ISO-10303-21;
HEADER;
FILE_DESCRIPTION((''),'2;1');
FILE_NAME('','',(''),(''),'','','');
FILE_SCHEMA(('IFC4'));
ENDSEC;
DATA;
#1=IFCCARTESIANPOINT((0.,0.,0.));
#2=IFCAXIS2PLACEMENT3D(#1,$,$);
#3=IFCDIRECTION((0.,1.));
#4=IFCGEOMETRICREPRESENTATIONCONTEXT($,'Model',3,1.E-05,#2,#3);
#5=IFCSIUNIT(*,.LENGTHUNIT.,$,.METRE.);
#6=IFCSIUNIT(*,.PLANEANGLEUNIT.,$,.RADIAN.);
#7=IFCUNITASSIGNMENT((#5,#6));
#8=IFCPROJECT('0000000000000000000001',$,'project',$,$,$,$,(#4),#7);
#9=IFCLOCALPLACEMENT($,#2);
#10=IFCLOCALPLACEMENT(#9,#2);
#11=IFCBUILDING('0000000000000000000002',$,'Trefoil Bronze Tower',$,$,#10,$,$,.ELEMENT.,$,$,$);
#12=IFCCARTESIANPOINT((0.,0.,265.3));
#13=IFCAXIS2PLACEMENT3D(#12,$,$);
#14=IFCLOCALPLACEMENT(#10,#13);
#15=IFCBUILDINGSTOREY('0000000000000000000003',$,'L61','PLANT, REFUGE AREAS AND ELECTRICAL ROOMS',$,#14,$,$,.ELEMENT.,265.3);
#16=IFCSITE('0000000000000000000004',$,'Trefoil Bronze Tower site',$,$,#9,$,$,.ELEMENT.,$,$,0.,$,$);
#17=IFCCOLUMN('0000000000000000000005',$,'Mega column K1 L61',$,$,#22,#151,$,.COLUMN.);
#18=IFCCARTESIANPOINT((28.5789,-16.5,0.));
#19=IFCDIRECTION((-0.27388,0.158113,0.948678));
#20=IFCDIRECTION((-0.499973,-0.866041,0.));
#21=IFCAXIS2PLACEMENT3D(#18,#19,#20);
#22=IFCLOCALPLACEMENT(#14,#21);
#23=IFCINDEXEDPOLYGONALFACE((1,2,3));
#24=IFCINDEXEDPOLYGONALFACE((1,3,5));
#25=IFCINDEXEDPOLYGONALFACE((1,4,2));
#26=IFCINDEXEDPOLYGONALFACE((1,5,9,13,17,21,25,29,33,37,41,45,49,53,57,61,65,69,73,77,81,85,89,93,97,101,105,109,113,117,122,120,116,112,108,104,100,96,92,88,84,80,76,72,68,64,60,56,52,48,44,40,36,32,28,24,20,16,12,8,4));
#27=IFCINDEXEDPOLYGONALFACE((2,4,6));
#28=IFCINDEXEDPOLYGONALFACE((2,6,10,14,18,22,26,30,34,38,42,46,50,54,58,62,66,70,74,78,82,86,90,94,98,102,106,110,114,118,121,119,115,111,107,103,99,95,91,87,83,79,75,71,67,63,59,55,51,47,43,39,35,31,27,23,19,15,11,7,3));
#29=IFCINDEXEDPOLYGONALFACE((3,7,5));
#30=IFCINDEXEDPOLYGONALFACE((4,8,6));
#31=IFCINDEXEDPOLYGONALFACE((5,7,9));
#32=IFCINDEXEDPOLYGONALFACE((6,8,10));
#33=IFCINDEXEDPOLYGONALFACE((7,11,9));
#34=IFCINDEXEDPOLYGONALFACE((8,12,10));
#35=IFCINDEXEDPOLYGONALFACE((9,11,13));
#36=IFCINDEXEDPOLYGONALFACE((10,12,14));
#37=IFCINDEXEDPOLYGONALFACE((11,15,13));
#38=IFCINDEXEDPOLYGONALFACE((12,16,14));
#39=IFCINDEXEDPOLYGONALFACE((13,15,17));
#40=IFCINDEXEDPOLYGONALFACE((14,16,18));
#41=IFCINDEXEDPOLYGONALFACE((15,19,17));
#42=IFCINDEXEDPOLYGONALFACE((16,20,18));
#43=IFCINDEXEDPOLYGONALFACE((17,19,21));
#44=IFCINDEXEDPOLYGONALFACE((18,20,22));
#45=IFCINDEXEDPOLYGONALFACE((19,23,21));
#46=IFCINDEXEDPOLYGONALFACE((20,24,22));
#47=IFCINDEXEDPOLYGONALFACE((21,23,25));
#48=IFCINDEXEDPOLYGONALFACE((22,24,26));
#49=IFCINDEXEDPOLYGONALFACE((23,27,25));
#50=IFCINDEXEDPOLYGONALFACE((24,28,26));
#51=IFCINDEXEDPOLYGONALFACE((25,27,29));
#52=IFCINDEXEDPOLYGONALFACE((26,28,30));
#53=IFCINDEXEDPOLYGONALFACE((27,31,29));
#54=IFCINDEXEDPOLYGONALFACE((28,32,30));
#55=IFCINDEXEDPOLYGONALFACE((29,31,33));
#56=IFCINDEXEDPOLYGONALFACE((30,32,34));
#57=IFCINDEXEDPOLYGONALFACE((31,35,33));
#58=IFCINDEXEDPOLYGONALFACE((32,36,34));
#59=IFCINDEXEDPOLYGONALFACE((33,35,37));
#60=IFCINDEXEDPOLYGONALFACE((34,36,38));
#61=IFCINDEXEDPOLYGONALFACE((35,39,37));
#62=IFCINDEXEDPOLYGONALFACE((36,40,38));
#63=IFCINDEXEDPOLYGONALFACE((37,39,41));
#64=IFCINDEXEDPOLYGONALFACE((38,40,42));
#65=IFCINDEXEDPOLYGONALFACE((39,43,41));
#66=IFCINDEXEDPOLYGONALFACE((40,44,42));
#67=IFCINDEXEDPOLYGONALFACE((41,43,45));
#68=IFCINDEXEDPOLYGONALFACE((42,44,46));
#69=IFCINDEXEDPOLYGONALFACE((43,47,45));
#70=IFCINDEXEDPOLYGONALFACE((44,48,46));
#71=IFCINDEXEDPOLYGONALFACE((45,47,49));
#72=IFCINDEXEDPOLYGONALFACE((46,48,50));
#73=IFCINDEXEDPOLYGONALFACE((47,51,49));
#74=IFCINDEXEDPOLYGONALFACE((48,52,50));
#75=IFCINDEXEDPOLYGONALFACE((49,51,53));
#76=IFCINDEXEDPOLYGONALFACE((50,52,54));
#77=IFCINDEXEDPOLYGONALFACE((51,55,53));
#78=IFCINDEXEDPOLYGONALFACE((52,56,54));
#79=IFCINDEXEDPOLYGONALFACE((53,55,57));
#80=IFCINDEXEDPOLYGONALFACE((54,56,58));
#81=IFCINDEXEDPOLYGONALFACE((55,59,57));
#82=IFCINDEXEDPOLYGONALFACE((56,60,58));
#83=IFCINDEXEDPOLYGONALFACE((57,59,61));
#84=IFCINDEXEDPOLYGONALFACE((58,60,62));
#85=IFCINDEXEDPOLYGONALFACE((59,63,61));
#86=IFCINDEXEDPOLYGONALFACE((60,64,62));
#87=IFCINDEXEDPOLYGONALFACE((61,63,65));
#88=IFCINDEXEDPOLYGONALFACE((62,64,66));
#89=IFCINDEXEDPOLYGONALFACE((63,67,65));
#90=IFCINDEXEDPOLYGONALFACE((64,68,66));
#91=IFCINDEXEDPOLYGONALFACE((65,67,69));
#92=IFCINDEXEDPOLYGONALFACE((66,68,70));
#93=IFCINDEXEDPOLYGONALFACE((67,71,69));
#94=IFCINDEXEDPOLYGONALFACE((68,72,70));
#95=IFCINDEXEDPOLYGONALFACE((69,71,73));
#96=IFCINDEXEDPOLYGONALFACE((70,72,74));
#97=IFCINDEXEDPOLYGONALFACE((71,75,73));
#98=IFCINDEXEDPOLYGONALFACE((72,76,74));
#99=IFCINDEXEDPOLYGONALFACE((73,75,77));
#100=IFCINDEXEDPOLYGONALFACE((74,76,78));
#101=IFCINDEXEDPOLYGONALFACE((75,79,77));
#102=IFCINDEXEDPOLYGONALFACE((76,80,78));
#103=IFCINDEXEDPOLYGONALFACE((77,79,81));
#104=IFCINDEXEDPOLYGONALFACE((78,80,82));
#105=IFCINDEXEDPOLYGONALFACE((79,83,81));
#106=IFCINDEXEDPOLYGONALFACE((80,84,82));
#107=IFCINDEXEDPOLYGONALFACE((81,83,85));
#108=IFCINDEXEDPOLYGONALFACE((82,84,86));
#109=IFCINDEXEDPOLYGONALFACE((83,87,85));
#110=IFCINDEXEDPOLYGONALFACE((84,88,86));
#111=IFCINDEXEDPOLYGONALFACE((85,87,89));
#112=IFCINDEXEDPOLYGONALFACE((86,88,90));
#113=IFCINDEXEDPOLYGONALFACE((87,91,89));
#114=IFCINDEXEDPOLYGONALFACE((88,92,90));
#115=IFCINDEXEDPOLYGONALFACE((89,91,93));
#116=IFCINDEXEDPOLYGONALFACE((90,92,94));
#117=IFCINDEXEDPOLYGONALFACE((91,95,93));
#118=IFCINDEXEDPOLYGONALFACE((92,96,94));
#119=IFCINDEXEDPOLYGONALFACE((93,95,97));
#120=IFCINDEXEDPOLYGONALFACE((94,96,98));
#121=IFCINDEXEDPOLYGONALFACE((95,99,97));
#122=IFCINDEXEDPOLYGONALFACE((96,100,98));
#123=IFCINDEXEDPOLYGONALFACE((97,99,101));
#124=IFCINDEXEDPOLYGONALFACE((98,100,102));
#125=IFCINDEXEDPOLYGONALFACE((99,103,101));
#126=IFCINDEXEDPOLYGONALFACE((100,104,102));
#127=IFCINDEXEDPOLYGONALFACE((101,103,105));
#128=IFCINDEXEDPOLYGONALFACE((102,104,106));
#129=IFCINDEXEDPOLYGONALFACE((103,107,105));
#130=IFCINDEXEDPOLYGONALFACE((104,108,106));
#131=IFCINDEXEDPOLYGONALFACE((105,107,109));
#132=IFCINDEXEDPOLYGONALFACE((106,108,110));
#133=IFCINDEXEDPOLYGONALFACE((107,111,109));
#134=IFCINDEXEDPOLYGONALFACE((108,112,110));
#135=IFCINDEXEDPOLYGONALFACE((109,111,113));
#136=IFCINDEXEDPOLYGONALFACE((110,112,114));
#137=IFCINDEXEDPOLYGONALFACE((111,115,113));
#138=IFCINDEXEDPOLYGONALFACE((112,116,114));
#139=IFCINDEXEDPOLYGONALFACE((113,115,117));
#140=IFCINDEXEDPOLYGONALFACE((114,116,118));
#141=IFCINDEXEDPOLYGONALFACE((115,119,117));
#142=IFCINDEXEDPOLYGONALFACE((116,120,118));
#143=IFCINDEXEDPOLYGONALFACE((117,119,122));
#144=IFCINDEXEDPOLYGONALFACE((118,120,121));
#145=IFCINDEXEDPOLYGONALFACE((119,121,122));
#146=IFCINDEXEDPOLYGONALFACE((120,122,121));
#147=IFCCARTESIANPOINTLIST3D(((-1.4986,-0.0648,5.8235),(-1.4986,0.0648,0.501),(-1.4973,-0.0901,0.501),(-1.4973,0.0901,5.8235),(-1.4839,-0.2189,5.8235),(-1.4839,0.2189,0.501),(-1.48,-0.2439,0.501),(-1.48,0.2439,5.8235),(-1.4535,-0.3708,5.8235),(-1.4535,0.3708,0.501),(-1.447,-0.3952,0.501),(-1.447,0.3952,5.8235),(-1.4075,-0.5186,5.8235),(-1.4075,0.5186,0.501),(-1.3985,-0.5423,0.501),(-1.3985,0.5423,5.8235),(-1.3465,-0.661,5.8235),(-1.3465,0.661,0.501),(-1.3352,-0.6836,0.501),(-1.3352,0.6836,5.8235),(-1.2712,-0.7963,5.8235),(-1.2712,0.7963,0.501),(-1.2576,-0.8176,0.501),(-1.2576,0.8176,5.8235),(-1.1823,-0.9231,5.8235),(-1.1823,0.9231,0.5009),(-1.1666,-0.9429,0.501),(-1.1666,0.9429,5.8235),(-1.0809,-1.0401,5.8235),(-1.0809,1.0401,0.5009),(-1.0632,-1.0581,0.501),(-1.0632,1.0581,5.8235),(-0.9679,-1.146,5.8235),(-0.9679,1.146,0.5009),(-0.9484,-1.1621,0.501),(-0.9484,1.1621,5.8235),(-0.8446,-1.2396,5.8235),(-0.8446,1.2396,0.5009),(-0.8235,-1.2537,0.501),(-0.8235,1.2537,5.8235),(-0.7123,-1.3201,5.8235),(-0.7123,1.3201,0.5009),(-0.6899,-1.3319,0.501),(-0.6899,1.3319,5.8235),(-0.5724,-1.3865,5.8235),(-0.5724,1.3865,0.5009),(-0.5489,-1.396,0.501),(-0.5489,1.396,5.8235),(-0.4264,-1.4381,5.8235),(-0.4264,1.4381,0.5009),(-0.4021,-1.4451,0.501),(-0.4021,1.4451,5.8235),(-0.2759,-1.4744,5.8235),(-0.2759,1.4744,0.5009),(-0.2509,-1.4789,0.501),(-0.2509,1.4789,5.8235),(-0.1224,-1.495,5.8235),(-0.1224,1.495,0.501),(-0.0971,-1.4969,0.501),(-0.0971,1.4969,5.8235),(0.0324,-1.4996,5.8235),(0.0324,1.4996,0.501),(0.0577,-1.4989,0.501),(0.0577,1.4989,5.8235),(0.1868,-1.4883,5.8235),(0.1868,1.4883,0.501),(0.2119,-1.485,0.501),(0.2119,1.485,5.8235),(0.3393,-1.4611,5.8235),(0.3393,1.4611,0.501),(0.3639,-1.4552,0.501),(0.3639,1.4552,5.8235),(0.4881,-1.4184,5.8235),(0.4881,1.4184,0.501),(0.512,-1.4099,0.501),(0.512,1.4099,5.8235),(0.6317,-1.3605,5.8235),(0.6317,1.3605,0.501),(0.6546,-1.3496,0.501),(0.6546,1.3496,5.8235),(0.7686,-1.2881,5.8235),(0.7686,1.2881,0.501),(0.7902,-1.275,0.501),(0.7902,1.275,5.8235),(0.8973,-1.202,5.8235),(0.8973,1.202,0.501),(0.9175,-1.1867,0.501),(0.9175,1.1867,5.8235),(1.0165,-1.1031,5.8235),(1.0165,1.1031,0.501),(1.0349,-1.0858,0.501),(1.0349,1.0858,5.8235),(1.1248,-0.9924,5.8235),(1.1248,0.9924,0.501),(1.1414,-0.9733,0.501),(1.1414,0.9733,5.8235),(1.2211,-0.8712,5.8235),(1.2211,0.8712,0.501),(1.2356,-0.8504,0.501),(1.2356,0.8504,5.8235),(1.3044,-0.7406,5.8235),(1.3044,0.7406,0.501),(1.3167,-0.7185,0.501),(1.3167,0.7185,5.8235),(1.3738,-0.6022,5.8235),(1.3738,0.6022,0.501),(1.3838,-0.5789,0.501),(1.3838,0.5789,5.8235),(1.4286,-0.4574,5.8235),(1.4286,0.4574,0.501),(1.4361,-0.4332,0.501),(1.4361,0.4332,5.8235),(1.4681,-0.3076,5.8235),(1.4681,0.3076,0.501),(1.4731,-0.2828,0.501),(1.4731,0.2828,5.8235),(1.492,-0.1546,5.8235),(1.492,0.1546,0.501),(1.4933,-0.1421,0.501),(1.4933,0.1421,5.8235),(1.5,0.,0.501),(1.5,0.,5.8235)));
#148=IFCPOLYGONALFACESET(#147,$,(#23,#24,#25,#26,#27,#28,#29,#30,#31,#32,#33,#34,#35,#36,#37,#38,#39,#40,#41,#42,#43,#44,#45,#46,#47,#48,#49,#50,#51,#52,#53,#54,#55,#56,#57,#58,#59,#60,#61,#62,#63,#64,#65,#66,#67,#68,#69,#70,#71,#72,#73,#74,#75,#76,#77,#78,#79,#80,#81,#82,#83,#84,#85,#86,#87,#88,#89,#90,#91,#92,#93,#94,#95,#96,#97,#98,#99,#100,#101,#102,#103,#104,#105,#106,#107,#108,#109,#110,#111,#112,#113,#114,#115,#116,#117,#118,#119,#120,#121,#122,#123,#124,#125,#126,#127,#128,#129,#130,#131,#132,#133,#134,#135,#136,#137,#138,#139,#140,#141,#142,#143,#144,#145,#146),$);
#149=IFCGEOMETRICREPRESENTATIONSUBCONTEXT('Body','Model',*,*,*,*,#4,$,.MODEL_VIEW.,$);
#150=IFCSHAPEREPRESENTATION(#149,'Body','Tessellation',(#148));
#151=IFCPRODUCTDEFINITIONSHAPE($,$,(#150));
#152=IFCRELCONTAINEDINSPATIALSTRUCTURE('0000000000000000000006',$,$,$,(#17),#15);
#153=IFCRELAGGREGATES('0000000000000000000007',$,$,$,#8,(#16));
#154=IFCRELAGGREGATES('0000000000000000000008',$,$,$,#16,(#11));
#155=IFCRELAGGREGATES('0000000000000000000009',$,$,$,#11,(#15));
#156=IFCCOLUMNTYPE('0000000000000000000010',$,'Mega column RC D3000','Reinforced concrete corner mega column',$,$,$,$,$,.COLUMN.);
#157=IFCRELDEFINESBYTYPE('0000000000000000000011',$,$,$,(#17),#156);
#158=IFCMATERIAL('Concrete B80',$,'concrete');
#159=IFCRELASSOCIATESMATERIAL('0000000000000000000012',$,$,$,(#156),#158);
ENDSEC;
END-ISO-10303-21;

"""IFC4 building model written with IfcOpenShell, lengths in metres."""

from ifc_helpers import new_model, si_unit, direction, frame, origin, origin_2d, place, context, subcontext, project, spatial, circle, extrude, clip, halfspace, material, material_profile, profile_set, type_object, element, save


model = new_model("IFC4")

# Units and contexts
model_context = context("Model", 3, precision=1e-05, world=origin(), true_north=direction((0.0, 1.0)))
body_context = subcontext(model_context, "Body", "Model", "MODEL_VIEW")
ifc_project = project(units=[si_unit("LENGTHUNIT", "METRE"), si_unit("PLANEANGLEUNIT", "RADIAN")], contexts=[model_context])

# Site, building, storey
site_placement = place(None, origin())
site = spatial("IfcSite", under=ifc_project, at=site_placement, Name="Trefoil Bronze Tower site", CompositionType="ELEMENT", RefElevation=0.0)
building_placement = place(site_placement, origin())
building = spatial("IfcBuilding", under=site, at=building_placement, Name="Trefoil Bronze Tower", CompositionType="ELEMENT")
storey_placement = place(building_placement, frame((0.0, 0.0, 265.3)))
storey = spatial("IfcBuildingStorey", under=building, at=storey_placement, Name="L61", Description="PLANT, REFUGE AREAS AND ELECTRICAL ROOMS", CompositionType="ELEMENT", Elevation=265.3)

# Column
ifc_material_1 = material(Name="Concrete B80", Category="concrete")
ifc_material_profile_1 = material_profile(ifc_material_1, circle(Radius=1.5, at=origin_2d()), Name="RC D3000")
ifc_profile_set_1 = profile_set([ifc_material_profile_1], Name="Concrete B80")
column_type = type_object("IfcColumnType", Name="Mega column RC D3000", Description="Reinforced concrete corner mega column", PredefinedType="COLUMN", material=ifc_profile_set_1)
column_placement = place(storey_placement, frame((28.5789, -16.5, 0.0), z_axis=(-0.27388, 0.158113, 0.948678), x_axis=(-0.499973, -0.866041, 0.0)))
element("IfcColumn", 1, at=column_placement, inside=storey, type_object=column_type, Name="Mega column K1 L61", PredefinedType="COLUMN", context=body_context, shape_type="Clipping", body=[
    clip(clip(extrude(circle(Radius=1.5, at=origin_2d()), origin(), (0.0, 0.0, 1.0), 6.3247), halfspace(frame((0.0, 0.0, 0.501), z_axis=(-0.00001, 0.000016, 1.0), x_axis=(0.0, 1.0, -0.000016)), True)), halfspace(frame((0.0, 0.0, 5.8235), z_axis=(0.00001, -0.000016, -1.0), x_axis=(0.0, -1.0, 0.000016)), True)),
])

save(model, "model.ifc")
